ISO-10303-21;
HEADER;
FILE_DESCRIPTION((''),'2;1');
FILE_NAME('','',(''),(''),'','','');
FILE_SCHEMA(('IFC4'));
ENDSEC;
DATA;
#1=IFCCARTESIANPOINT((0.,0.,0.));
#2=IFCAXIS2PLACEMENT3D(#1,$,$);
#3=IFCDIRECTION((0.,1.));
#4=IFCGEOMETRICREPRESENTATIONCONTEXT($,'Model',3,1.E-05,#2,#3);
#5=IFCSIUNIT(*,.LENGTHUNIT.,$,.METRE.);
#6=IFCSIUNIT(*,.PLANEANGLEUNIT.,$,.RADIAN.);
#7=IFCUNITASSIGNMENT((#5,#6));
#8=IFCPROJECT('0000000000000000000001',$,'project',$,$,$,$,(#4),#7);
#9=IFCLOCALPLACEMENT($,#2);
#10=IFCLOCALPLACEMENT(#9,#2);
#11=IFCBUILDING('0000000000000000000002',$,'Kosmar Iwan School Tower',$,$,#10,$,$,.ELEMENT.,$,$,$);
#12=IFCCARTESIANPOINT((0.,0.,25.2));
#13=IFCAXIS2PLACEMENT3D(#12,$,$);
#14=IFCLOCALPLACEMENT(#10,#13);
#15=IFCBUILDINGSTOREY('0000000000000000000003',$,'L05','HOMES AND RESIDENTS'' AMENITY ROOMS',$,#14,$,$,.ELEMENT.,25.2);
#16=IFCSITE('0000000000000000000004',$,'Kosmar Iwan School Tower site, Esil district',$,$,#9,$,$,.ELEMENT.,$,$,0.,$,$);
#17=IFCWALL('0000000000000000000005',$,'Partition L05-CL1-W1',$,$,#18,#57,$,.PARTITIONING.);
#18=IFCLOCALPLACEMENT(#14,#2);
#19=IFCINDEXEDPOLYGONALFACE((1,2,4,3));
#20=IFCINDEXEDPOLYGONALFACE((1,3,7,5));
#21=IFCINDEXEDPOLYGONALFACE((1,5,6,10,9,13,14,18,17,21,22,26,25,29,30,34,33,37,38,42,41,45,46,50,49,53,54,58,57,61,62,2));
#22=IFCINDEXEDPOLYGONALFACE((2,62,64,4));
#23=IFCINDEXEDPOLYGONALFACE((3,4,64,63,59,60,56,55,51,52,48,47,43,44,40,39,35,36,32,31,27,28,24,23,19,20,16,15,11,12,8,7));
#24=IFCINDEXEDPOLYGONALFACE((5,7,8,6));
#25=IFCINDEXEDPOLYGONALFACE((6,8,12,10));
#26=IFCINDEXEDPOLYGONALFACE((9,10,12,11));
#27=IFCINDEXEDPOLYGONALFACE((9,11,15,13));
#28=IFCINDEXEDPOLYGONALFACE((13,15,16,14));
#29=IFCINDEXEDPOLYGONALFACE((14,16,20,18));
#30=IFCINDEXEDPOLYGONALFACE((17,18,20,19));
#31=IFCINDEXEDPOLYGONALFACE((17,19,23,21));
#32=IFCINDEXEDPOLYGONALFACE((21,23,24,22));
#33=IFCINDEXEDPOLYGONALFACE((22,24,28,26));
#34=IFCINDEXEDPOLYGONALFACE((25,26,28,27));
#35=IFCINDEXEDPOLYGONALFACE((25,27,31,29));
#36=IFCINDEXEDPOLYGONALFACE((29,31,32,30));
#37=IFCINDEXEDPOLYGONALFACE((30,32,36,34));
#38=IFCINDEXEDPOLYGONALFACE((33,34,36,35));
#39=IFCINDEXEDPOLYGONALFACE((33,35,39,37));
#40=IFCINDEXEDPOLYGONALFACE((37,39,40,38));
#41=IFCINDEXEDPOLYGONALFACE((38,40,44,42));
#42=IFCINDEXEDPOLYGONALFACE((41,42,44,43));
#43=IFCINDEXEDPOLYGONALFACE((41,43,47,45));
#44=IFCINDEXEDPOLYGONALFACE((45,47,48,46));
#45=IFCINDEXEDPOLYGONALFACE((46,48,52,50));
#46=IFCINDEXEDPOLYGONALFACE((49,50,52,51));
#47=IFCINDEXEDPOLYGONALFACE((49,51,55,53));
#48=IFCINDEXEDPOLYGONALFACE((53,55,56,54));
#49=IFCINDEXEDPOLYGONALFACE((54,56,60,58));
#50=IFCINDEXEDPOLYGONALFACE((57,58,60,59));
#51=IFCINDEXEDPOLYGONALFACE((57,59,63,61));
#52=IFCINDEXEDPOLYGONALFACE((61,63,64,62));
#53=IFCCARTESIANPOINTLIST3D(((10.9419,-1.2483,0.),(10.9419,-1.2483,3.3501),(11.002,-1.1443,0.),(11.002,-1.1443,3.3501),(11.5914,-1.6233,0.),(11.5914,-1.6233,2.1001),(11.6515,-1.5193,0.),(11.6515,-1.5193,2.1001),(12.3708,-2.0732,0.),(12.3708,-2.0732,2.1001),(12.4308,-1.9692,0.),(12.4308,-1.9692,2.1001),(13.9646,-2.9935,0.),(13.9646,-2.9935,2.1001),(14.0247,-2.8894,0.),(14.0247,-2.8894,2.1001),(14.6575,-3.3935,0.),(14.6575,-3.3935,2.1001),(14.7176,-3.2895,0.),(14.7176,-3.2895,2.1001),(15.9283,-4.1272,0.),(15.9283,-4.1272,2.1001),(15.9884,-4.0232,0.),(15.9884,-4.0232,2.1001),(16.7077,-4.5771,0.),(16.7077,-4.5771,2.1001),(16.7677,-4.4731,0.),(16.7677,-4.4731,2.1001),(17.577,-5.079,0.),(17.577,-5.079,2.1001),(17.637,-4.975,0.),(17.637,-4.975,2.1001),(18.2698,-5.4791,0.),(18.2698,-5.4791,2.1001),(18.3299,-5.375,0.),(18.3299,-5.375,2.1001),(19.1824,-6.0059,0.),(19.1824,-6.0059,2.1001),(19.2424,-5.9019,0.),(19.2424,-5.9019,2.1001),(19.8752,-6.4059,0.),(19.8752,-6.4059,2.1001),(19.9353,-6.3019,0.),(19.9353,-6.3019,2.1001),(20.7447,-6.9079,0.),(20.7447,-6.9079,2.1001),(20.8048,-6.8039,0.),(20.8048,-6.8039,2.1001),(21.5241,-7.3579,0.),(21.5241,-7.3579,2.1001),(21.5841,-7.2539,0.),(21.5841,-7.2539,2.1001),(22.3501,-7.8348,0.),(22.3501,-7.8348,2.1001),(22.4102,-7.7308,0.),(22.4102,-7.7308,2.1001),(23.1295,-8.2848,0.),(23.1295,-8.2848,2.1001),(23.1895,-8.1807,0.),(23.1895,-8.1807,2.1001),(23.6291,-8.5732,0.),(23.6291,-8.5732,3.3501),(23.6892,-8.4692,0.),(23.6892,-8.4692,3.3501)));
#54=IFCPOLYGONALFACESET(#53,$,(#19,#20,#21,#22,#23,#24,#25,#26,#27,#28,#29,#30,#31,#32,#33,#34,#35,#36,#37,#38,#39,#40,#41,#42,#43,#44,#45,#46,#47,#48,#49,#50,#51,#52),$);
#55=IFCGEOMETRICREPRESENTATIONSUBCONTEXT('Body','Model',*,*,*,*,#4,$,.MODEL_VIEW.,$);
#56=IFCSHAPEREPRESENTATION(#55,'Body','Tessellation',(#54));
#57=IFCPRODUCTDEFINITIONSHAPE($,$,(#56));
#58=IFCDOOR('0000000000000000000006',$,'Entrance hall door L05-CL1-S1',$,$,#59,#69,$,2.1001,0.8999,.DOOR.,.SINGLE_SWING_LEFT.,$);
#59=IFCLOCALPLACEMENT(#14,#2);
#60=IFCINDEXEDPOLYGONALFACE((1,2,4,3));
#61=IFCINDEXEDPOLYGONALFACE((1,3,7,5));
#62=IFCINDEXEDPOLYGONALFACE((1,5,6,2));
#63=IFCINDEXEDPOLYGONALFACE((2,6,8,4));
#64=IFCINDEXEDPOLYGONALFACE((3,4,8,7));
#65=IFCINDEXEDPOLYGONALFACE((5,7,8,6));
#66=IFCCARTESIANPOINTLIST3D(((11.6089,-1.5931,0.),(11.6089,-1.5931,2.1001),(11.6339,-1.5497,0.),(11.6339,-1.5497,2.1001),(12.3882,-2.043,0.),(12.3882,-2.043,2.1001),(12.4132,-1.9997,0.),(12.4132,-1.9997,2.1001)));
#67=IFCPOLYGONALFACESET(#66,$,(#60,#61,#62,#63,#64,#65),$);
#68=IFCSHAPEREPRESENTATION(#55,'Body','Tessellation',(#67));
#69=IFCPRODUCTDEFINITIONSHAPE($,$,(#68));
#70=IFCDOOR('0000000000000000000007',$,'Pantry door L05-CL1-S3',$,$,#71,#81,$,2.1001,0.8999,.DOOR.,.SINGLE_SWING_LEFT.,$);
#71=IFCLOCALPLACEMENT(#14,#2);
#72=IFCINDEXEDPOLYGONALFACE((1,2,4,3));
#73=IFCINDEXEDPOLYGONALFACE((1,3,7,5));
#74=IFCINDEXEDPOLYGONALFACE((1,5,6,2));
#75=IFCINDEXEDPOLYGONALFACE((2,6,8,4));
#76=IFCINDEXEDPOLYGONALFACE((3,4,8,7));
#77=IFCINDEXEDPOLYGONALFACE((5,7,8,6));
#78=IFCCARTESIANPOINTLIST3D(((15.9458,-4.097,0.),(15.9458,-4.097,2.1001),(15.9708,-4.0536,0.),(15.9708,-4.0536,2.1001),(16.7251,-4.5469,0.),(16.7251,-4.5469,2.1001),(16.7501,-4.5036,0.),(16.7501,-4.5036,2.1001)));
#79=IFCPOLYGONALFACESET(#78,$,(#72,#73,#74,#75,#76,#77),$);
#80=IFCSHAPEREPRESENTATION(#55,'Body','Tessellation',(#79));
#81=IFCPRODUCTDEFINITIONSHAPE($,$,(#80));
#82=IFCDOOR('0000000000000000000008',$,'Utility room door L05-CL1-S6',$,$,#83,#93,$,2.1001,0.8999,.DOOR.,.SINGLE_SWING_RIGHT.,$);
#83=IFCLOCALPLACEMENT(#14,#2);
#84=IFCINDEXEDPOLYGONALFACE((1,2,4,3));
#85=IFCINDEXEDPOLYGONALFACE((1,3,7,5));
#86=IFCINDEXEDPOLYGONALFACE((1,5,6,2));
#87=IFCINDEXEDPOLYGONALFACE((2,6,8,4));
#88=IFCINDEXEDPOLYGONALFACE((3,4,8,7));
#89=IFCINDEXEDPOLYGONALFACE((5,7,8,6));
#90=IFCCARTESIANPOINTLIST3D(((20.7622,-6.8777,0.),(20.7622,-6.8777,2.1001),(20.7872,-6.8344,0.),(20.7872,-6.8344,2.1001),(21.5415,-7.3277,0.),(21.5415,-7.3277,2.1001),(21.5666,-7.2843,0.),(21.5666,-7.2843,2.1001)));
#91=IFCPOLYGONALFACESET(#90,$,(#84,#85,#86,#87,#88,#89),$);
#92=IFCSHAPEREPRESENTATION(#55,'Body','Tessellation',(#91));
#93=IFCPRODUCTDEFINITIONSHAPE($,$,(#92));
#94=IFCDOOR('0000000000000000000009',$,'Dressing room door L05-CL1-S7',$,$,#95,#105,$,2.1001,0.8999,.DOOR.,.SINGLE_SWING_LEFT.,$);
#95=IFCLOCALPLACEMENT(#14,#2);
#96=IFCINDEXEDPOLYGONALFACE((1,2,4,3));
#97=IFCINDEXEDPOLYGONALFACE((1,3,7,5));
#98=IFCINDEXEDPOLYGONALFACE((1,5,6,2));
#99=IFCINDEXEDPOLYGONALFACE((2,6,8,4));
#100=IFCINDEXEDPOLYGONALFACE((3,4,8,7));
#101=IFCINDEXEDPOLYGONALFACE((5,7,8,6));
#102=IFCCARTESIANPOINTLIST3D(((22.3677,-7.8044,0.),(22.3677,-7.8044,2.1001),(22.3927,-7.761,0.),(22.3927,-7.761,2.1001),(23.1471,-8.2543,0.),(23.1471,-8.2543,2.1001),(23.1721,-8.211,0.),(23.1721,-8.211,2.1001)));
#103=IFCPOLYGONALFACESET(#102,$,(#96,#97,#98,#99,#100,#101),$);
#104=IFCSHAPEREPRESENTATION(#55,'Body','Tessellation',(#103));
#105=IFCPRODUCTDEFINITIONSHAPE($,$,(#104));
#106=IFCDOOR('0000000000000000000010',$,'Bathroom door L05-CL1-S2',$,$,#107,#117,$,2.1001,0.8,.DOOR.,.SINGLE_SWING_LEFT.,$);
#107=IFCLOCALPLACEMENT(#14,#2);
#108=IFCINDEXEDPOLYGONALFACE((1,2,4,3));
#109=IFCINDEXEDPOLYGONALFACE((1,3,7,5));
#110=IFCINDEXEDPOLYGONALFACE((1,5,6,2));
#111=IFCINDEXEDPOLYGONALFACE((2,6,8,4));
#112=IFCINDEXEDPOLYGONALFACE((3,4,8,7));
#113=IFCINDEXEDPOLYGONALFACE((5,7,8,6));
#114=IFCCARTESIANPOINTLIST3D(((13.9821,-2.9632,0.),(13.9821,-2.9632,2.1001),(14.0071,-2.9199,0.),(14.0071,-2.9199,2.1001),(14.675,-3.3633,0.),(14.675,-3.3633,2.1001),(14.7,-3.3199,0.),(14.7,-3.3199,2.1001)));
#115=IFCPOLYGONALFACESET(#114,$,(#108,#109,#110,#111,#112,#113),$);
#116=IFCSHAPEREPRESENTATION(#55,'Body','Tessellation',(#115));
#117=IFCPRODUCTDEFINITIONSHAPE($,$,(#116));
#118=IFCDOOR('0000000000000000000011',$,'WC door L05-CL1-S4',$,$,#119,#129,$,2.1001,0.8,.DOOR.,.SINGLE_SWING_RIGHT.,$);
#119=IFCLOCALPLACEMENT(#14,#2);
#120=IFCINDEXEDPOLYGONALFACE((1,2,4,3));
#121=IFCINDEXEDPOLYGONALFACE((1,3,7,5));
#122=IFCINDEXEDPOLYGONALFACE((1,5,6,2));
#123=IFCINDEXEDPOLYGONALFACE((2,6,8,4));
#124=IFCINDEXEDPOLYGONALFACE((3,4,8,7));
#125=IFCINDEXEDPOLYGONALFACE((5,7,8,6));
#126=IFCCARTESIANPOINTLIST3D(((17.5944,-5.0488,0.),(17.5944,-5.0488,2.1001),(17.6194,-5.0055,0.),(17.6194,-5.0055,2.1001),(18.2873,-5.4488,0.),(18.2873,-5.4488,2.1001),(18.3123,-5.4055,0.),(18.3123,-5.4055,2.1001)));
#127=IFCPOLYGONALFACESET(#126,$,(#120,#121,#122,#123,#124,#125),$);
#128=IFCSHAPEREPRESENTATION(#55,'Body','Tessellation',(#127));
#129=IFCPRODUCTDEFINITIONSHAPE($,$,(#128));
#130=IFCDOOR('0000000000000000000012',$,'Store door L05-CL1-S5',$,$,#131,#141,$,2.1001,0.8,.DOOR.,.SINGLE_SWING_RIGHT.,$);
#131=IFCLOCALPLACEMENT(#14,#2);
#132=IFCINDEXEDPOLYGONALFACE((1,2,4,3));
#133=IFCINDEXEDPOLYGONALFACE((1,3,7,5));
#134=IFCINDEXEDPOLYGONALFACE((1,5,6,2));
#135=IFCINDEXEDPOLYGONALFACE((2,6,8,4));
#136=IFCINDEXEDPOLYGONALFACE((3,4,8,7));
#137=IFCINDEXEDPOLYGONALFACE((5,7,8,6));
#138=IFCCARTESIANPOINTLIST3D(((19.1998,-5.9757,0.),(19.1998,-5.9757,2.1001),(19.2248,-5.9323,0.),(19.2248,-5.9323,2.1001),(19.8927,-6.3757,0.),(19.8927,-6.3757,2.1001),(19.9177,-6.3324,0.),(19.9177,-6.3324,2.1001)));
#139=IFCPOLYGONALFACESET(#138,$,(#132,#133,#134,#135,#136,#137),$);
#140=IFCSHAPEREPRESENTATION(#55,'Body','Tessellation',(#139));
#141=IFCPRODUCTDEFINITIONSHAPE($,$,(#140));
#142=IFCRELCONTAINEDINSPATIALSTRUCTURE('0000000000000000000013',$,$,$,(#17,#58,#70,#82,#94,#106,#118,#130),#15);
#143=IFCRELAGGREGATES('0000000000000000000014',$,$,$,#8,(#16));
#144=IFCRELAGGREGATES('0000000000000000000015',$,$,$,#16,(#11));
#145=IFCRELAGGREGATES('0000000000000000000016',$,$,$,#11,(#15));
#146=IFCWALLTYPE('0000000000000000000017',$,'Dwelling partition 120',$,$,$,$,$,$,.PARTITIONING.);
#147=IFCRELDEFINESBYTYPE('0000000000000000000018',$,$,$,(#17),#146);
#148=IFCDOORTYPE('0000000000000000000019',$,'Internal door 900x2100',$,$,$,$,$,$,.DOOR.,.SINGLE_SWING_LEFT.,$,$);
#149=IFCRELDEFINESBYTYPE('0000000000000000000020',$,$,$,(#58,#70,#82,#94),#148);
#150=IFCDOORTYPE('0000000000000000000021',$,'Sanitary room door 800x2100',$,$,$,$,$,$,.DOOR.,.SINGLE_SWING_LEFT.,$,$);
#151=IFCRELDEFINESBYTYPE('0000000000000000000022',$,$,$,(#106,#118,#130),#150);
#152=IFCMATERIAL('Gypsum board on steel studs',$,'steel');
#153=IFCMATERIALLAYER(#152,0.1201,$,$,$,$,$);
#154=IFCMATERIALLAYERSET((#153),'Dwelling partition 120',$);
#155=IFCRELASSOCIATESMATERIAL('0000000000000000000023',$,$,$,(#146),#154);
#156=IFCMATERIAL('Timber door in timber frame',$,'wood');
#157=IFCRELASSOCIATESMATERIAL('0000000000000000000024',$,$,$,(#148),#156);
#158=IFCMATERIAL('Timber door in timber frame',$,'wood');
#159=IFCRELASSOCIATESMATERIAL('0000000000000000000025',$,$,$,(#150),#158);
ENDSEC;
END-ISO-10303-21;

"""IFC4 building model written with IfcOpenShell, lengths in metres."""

from ifc_helpers import new_model, si_unit, direction, frame, frame_2d, origin, place, context, subcontext, project, spatial, rectangle, extrude, material, layer, layer_set, type_object, element, fill, save


model = new_model("IFC4")

# Units and contexts
model_context = context("Model", 3, precision=1e-05, world=origin(), true_north=direction((0.0, 1.0)))
body_context = subcontext(model_context, "Body", "Model", "MODEL_VIEW")
ifc_project = project(units=[si_unit("LENGTHUNIT", "METRE"), si_unit("PLANEANGLEUNIT", "RADIAN")], contexts=[model_context])

# Site, building, storey
site_placement = place(None, origin())
site = spatial("IfcSite", under=ifc_project, at=site_placement, Name="Kosmar Iwan School Tower site, Esil district", CompositionType="ELEMENT", RefElevation=0.0)
building_placement = place(site_placement, origin())
building = spatial("IfcBuilding", under=site, at=building_placement, Name="Kosmar Iwan School Tower", CompositionType="ELEMENT")
storey_placement = place(building_placement, frame((0.0, 0.0, 25.2)))
storey = spatial("IfcBuildingStorey", under=building, at=storey_placement, Name="L05", Description="HOMES AND RESIDENTS' AMENITY ROOMS", CompositionType="ELEMENT", Elevation=25.2)

# Wall, openings, doors
ifc_material_1 = material(Name="Gypsum board on steel studs", Category="steel")
ifc_layer_1 = layer(ifc_material_1, 0.1201)
ifc_layer_set_1 = layer_set([ifc_layer_1], Name="Dwelling partition 120")
wall_type_1 = type_object("IfcWallType", Name="Dwelling partition 120", PredefinedType="PARTITIONING", material=ifc_layer_set_1)
wall_1_placement = place(storey_placement, frame((10.9719, -1.1963, 0.0), z_axis=(0.0, 0.0, 1.0), x_axis=(0.866027, -0.499998, 0.0)))
wall_1 = element("IfcWall", 1, at=wall_1_placement, inside=storey, type_object=wall_type_1, Name="Partition L05-CL1-W1", PredefinedType="PARTITIONING", context=body_context, shape_type="SweptSolid", body=[
    extrude(rectangle(XDim=14.6499, YDim=0.1201, at=frame_2d((7.325, 0.0))), origin(), (0.0, 0.0, 1.0), 3.3501),
])
opening_1_placement = place(wall_1_placement, frame((0.75, 0.0, 0.0)))
opening_1 = element("IfcOpeningElement", 2, at=opening_1_placement, cuts=wall_1, PredefinedType="OPENING", context=body_context, shape_type="SweptSolid", body=[
    extrude(rectangle(XDim=0.8999, YDim=2.1001, at=frame_2d((0.45, 1.05))), frame((0.0, 0.072, 0.0), z_axis=(0.0, -1.0, 0.0), x_axis=(1.0, 0.0, 0.0)), (0.0, 0.0, 1.0), 0.144),
])
opening_2_placement = place(wall_1_placement, frame((3.4905, 0.0, 0.0)))
opening_2 = element("IfcOpeningElement", 3, at=opening_2_placement, cuts=wall_1, PredefinedType="OPENING", context=body_context, shape_type="SweptSolid", body=[
    extrude(rectangle(XDim=0.8, YDim=2.1001, at=frame_2d((0.3999, 1.05))), frame((0.0, 0.072, 0.0), z_axis=(0.0, -1.0, 0.0), x_axis=(1.0, 0.0, 0.0)), (0.0, 0.0, 1.0), 0.144),
])
opening_3_placement = place(wall_1_placement, frame((5.7578, 0.0, 0.0)))
opening_3 = element("IfcOpeningElement", 4, at=opening_3_placement, cuts=wall_1, PredefinedType="OPENING", context=body_context, shape_type="SweptSolid", body=[
    extrude(rectangle(XDim=0.8999, YDim=2.1001, at=frame_2d((0.45, 1.05))), frame((0.0, 0.072, 0.0), z_axis=(0.0, -1.0, 0.0), x_axis=(1.0, 0.0, 0.0)), (0.0, 0.0, 1.0), 0.144),
])
opening_4_placement = place(wall_1_placement, frame((7.6616, 0.0, 0.0)))
opening_4 = element("IfcOpeningElement", 5, at=opening_4_placement, cuts=wall_1, PredefinedType="OPENING", context=body_context, shape_type="SweptSolid", body=[
    extrude(rectangle(XDim=0.8, YDim=2.1001, at=frame_2d((0.3999, 1.05))), frame((0.0, 0.072, 0.0), z_axis=(0.0, -1.0, 0.0), x_axis=(1.0, 0.0, 0.0)), (0.0, 0.0, 1.0), 0.144),
])
opening_5_placement = place(wall_1_placement, frame((9.5154, 0.0, 0.0)))
opening_5 = element("IfcOpeningElement", 6, at=opening_5_placement, cuts=wall_1, PredefinedType="OPENING", context=body_context, shape_type="SweptSolid", body=[
    extrude(rectangle(XDim=0.8, YDim=2.1001, at=frame_2d((0.3999, 1.05))), frame((0.0, 0.072, 0.0), z_axis=(0.0, -1.0, 0.0), x_axis=(1.0, 0.0, 0.0)), (0.0, 0.0, 1.0), 0.144),
])
opening_6_placement = place(wall_1_placement, frame((11.3193, 0.0, 0.0)))
opening_6 = element("IfcOpeningElement", 7, at=opening_6_placement, cuts=wall_1, PredefinedType="OPENING", context=body_context, shape_type="SweptSolid", body=[
    extrude(rectangle(XDim=0.8999, YDim=2.1001, at=frame_2d((0.45, 1.05))), frame((0.0, 0.072, 0.0), z_axis=(0.0, -1.0, 0.0), x_axis=(1.0, 0.0, 0.0)), (0.0, 0.0, 1.0), 0.144),
])
opening_7_placement = place(wall_1_placement, frame((13.1731, 0.0, 0.0)))
opening_7 = element("IfcOpeningElement", 8, at=opening_7_placement, cuts=wall_1, PredefinedType="OPENING", context=body_context, shape_type="SweptSolid", body=[
    extrude(rectangle(XDim=0.8999, YDim=2.1001, at=frame_2d((0.45, 1.05))), frame((0.0, 0.072, 0.0), z_axis=(0.0, -1.0, 0.0), x_axis=(1.0, 0.0, 0.0)), (0.0, 0.0, 1.0), 0.144),
])
ifc_material_2 = material(Name="Timber door in timber frame", Category="wood")
door_type_1 = type_object("IfcDoorType", Name="Internal door 900x2100", OperationType="SINGLE_SWING_LEFT", PredefinedType="DOOR", material=ifc_material_2)
door_1_placement = place(opening_1_placement, origin())
door_1 = element("IfcDoor", 9, at=door_1_placement, inside=storey, type_object=door_type_1, Name="Entrance hall door L05-CL1-S1", OperationType="SINGLE_SWING_LEFT", OverallHeight=2.1001, OverallWidth=0.8999, PredefinedType="DOOR", context=body_context, shape_type="SweptSolid", body=[
    extrude(rectangle(XDim=0.8999, YDim=2.1001, at=frame_2d((0.45, 1.05))), frame((0.0, 0.0249, 0.0), z_axis=(0.0, -1.0, 0.0), x_axis=(1.0, 0.0, 0.0)), (0.0, 0.0, 1.0), 0.05),
])
fill(opening_1, door_1)
door_2_placement = place(opening_3_placement, origin())
door_2 = element("IfcDoor", 10, at=door_2_placement, inside=storey, type_object=door_type_1, Name="Pantry door L05-CL1-S3", OperationType="SINGLE_SWING_LEFT", OverallHeight=2.1001, OverallWidth=0.8999, PredefinedType="DOOR", context=body_context, shape_type="SweptSolid", body=[
    extrude(rectangle(XDim=0.8999, YDim=2.1001, at=frame_2d((0.45, 1.05))), frame((0.0, 0.0249, 0.0), z_axis=(0.0, -1.0, 0.0), x_axis=(1.0, 0.0, 0.0)), (0.0, 0.0, 1.0), 0.05),
])
fill(opening_3, door_2)
door_3_placement = place(opening_6_placement, origin())
door_3 = element("IfcDoor", 11, at=door_3_placement, inside=storey, type_object=door_type_1, Name="Utility room door L05-CL1-S6", OperationType="SINGLE_SWING_RIGHT", OverallHeight=2.1001, OverallWidth=0.8999, PredefinedType="DOOR", context=body_context, shape_type="SweptSolid", body=[
    extrude(rectangle(XDim=0.8999, YDim=2.1001, at=frame_2d((0.45, 1.05))), frame((0.0, 0.0249, 0.0), z_axis=(0.0, -1.0, 0.0), x_axis=(1.0, 0.0, 0.0)), (0.0, 0.0, 1.0), 0.05),
])
fill(opening_6, door_3)
door_4_placement = place(opening_7_placement, frame((0.8999, 0.0, 0.0), z_axis=(0.0, 0.0, 1.0), x_axis=(-1.0, 0.0, 0.0)))
door_4 = element("IfcDoor", 12, at=door_4_placement, inside=storey, type_object=door_type_1, Name="Dressing room door L05-CL1-S7", OperationType="SINGLE_SWING_LEFT", OverallHeight=2.1001, OverallWidth=0.8999, PredefinedType="DOOR", context=body_context, shape_type="SweptSolid", body=[
    extrude(rectangle(XDim=0.8999, YDim=2.1001, at=frame_2d((0.45, 1.05))), frame((0.0, 0.0249, 0.0), z_axis=(0.0, -1.0, 0.0), x_axis=(1.0, 0.0, 0.0)), (0.0, 0.0, 1.0), 0.05),
])
fill(opening_7, door_4)
ifc_material_3 = material(Name="Timber door in timber frame", Category="wood")
door_type_2 = type_object("IfcDoorType", Name="Sanitary room door 800x2100", OperationType="SINGLE_SWING_LEFT", PredefinedType="DOOR", material=ifc_material_3)
door_5_placement = place(opening_2_placement, origin())
door_5 = element("IfcDoor", 13, at=door_5_placement, inside=storey, type_object=door_type_2, Name="Bathroom door L05-CL1-S2", OperationType="SINGLE_SWING_LEFT", OverallHeight=2.1001, OverallWidth=0.8, PredefinedType="DOOR", context=body_context, shape_type="SweptSolid", body=[
    extrude(rectangle(XDim=0.8, YDim=2.1001, at=frame_2d((0.3999, 1.05))), frame((0.0, 0.0249, 0.0), z_axis=(0.0, -1.0, 0.0), x_axis=(1.0, 0.0, 0.0)), (0.0, 0.0, 1.0), 0.05),
])
fill(opening_2, door_5)
door_6_placement = place(opening_4_placement, origin())
door_6 = element("IfcDoor", 14, at=door_6_placement, inside=storey, type_object=door_type_2, Name="WC door L05-CL1-S4", OperationType="SINGLE_SWING_RIGHT", OverallHeight=2.1001, OverallWidth=0.8, PredefinedType="DOOR", context=body_context, shape_type="SweptSolid", body=[
    extrude(rectangle(XDim=0.8, YDim=2.1001, at=frame_2d((0.3999, 1.05))), frame((0.0, 0.0249, 0.0), z_axis=(0.0, -1.0, 0.0), x_axis=(1.0, 0.0, 0.0)), (0.0, 0.0, 1.0), 0.05),
])
fill(opening_4, door_6)
door_7_placement = place(opening_5_placement, origin())
door_7 = element("IfcDoor", 15, at=door_7_placement, inside=storey, type_object=door_type_2, Name="Store door L05-CL1-S5", OperationType="SINGLE_SWING_RIGHT", OverallHeight=2.1001, OverallWidth=0.8, PredefinedType="DOOR", context=body_context, shape_type="SweptSolid", body=[
    extrude(rectangle(XDim=0.8, YDim=2.1001, at=frame_2d((0.3999, 1.05))), frame((0.0, 0.0249, 0.0), z_axis=(0.0, -1.0, 0.0), x_axis=(1.0, 0.0, 0.0)), (0.0, 0.0, 1.0), 0.05),
])
fill(opening_5, door_7)

save(model, "model.ifc")
